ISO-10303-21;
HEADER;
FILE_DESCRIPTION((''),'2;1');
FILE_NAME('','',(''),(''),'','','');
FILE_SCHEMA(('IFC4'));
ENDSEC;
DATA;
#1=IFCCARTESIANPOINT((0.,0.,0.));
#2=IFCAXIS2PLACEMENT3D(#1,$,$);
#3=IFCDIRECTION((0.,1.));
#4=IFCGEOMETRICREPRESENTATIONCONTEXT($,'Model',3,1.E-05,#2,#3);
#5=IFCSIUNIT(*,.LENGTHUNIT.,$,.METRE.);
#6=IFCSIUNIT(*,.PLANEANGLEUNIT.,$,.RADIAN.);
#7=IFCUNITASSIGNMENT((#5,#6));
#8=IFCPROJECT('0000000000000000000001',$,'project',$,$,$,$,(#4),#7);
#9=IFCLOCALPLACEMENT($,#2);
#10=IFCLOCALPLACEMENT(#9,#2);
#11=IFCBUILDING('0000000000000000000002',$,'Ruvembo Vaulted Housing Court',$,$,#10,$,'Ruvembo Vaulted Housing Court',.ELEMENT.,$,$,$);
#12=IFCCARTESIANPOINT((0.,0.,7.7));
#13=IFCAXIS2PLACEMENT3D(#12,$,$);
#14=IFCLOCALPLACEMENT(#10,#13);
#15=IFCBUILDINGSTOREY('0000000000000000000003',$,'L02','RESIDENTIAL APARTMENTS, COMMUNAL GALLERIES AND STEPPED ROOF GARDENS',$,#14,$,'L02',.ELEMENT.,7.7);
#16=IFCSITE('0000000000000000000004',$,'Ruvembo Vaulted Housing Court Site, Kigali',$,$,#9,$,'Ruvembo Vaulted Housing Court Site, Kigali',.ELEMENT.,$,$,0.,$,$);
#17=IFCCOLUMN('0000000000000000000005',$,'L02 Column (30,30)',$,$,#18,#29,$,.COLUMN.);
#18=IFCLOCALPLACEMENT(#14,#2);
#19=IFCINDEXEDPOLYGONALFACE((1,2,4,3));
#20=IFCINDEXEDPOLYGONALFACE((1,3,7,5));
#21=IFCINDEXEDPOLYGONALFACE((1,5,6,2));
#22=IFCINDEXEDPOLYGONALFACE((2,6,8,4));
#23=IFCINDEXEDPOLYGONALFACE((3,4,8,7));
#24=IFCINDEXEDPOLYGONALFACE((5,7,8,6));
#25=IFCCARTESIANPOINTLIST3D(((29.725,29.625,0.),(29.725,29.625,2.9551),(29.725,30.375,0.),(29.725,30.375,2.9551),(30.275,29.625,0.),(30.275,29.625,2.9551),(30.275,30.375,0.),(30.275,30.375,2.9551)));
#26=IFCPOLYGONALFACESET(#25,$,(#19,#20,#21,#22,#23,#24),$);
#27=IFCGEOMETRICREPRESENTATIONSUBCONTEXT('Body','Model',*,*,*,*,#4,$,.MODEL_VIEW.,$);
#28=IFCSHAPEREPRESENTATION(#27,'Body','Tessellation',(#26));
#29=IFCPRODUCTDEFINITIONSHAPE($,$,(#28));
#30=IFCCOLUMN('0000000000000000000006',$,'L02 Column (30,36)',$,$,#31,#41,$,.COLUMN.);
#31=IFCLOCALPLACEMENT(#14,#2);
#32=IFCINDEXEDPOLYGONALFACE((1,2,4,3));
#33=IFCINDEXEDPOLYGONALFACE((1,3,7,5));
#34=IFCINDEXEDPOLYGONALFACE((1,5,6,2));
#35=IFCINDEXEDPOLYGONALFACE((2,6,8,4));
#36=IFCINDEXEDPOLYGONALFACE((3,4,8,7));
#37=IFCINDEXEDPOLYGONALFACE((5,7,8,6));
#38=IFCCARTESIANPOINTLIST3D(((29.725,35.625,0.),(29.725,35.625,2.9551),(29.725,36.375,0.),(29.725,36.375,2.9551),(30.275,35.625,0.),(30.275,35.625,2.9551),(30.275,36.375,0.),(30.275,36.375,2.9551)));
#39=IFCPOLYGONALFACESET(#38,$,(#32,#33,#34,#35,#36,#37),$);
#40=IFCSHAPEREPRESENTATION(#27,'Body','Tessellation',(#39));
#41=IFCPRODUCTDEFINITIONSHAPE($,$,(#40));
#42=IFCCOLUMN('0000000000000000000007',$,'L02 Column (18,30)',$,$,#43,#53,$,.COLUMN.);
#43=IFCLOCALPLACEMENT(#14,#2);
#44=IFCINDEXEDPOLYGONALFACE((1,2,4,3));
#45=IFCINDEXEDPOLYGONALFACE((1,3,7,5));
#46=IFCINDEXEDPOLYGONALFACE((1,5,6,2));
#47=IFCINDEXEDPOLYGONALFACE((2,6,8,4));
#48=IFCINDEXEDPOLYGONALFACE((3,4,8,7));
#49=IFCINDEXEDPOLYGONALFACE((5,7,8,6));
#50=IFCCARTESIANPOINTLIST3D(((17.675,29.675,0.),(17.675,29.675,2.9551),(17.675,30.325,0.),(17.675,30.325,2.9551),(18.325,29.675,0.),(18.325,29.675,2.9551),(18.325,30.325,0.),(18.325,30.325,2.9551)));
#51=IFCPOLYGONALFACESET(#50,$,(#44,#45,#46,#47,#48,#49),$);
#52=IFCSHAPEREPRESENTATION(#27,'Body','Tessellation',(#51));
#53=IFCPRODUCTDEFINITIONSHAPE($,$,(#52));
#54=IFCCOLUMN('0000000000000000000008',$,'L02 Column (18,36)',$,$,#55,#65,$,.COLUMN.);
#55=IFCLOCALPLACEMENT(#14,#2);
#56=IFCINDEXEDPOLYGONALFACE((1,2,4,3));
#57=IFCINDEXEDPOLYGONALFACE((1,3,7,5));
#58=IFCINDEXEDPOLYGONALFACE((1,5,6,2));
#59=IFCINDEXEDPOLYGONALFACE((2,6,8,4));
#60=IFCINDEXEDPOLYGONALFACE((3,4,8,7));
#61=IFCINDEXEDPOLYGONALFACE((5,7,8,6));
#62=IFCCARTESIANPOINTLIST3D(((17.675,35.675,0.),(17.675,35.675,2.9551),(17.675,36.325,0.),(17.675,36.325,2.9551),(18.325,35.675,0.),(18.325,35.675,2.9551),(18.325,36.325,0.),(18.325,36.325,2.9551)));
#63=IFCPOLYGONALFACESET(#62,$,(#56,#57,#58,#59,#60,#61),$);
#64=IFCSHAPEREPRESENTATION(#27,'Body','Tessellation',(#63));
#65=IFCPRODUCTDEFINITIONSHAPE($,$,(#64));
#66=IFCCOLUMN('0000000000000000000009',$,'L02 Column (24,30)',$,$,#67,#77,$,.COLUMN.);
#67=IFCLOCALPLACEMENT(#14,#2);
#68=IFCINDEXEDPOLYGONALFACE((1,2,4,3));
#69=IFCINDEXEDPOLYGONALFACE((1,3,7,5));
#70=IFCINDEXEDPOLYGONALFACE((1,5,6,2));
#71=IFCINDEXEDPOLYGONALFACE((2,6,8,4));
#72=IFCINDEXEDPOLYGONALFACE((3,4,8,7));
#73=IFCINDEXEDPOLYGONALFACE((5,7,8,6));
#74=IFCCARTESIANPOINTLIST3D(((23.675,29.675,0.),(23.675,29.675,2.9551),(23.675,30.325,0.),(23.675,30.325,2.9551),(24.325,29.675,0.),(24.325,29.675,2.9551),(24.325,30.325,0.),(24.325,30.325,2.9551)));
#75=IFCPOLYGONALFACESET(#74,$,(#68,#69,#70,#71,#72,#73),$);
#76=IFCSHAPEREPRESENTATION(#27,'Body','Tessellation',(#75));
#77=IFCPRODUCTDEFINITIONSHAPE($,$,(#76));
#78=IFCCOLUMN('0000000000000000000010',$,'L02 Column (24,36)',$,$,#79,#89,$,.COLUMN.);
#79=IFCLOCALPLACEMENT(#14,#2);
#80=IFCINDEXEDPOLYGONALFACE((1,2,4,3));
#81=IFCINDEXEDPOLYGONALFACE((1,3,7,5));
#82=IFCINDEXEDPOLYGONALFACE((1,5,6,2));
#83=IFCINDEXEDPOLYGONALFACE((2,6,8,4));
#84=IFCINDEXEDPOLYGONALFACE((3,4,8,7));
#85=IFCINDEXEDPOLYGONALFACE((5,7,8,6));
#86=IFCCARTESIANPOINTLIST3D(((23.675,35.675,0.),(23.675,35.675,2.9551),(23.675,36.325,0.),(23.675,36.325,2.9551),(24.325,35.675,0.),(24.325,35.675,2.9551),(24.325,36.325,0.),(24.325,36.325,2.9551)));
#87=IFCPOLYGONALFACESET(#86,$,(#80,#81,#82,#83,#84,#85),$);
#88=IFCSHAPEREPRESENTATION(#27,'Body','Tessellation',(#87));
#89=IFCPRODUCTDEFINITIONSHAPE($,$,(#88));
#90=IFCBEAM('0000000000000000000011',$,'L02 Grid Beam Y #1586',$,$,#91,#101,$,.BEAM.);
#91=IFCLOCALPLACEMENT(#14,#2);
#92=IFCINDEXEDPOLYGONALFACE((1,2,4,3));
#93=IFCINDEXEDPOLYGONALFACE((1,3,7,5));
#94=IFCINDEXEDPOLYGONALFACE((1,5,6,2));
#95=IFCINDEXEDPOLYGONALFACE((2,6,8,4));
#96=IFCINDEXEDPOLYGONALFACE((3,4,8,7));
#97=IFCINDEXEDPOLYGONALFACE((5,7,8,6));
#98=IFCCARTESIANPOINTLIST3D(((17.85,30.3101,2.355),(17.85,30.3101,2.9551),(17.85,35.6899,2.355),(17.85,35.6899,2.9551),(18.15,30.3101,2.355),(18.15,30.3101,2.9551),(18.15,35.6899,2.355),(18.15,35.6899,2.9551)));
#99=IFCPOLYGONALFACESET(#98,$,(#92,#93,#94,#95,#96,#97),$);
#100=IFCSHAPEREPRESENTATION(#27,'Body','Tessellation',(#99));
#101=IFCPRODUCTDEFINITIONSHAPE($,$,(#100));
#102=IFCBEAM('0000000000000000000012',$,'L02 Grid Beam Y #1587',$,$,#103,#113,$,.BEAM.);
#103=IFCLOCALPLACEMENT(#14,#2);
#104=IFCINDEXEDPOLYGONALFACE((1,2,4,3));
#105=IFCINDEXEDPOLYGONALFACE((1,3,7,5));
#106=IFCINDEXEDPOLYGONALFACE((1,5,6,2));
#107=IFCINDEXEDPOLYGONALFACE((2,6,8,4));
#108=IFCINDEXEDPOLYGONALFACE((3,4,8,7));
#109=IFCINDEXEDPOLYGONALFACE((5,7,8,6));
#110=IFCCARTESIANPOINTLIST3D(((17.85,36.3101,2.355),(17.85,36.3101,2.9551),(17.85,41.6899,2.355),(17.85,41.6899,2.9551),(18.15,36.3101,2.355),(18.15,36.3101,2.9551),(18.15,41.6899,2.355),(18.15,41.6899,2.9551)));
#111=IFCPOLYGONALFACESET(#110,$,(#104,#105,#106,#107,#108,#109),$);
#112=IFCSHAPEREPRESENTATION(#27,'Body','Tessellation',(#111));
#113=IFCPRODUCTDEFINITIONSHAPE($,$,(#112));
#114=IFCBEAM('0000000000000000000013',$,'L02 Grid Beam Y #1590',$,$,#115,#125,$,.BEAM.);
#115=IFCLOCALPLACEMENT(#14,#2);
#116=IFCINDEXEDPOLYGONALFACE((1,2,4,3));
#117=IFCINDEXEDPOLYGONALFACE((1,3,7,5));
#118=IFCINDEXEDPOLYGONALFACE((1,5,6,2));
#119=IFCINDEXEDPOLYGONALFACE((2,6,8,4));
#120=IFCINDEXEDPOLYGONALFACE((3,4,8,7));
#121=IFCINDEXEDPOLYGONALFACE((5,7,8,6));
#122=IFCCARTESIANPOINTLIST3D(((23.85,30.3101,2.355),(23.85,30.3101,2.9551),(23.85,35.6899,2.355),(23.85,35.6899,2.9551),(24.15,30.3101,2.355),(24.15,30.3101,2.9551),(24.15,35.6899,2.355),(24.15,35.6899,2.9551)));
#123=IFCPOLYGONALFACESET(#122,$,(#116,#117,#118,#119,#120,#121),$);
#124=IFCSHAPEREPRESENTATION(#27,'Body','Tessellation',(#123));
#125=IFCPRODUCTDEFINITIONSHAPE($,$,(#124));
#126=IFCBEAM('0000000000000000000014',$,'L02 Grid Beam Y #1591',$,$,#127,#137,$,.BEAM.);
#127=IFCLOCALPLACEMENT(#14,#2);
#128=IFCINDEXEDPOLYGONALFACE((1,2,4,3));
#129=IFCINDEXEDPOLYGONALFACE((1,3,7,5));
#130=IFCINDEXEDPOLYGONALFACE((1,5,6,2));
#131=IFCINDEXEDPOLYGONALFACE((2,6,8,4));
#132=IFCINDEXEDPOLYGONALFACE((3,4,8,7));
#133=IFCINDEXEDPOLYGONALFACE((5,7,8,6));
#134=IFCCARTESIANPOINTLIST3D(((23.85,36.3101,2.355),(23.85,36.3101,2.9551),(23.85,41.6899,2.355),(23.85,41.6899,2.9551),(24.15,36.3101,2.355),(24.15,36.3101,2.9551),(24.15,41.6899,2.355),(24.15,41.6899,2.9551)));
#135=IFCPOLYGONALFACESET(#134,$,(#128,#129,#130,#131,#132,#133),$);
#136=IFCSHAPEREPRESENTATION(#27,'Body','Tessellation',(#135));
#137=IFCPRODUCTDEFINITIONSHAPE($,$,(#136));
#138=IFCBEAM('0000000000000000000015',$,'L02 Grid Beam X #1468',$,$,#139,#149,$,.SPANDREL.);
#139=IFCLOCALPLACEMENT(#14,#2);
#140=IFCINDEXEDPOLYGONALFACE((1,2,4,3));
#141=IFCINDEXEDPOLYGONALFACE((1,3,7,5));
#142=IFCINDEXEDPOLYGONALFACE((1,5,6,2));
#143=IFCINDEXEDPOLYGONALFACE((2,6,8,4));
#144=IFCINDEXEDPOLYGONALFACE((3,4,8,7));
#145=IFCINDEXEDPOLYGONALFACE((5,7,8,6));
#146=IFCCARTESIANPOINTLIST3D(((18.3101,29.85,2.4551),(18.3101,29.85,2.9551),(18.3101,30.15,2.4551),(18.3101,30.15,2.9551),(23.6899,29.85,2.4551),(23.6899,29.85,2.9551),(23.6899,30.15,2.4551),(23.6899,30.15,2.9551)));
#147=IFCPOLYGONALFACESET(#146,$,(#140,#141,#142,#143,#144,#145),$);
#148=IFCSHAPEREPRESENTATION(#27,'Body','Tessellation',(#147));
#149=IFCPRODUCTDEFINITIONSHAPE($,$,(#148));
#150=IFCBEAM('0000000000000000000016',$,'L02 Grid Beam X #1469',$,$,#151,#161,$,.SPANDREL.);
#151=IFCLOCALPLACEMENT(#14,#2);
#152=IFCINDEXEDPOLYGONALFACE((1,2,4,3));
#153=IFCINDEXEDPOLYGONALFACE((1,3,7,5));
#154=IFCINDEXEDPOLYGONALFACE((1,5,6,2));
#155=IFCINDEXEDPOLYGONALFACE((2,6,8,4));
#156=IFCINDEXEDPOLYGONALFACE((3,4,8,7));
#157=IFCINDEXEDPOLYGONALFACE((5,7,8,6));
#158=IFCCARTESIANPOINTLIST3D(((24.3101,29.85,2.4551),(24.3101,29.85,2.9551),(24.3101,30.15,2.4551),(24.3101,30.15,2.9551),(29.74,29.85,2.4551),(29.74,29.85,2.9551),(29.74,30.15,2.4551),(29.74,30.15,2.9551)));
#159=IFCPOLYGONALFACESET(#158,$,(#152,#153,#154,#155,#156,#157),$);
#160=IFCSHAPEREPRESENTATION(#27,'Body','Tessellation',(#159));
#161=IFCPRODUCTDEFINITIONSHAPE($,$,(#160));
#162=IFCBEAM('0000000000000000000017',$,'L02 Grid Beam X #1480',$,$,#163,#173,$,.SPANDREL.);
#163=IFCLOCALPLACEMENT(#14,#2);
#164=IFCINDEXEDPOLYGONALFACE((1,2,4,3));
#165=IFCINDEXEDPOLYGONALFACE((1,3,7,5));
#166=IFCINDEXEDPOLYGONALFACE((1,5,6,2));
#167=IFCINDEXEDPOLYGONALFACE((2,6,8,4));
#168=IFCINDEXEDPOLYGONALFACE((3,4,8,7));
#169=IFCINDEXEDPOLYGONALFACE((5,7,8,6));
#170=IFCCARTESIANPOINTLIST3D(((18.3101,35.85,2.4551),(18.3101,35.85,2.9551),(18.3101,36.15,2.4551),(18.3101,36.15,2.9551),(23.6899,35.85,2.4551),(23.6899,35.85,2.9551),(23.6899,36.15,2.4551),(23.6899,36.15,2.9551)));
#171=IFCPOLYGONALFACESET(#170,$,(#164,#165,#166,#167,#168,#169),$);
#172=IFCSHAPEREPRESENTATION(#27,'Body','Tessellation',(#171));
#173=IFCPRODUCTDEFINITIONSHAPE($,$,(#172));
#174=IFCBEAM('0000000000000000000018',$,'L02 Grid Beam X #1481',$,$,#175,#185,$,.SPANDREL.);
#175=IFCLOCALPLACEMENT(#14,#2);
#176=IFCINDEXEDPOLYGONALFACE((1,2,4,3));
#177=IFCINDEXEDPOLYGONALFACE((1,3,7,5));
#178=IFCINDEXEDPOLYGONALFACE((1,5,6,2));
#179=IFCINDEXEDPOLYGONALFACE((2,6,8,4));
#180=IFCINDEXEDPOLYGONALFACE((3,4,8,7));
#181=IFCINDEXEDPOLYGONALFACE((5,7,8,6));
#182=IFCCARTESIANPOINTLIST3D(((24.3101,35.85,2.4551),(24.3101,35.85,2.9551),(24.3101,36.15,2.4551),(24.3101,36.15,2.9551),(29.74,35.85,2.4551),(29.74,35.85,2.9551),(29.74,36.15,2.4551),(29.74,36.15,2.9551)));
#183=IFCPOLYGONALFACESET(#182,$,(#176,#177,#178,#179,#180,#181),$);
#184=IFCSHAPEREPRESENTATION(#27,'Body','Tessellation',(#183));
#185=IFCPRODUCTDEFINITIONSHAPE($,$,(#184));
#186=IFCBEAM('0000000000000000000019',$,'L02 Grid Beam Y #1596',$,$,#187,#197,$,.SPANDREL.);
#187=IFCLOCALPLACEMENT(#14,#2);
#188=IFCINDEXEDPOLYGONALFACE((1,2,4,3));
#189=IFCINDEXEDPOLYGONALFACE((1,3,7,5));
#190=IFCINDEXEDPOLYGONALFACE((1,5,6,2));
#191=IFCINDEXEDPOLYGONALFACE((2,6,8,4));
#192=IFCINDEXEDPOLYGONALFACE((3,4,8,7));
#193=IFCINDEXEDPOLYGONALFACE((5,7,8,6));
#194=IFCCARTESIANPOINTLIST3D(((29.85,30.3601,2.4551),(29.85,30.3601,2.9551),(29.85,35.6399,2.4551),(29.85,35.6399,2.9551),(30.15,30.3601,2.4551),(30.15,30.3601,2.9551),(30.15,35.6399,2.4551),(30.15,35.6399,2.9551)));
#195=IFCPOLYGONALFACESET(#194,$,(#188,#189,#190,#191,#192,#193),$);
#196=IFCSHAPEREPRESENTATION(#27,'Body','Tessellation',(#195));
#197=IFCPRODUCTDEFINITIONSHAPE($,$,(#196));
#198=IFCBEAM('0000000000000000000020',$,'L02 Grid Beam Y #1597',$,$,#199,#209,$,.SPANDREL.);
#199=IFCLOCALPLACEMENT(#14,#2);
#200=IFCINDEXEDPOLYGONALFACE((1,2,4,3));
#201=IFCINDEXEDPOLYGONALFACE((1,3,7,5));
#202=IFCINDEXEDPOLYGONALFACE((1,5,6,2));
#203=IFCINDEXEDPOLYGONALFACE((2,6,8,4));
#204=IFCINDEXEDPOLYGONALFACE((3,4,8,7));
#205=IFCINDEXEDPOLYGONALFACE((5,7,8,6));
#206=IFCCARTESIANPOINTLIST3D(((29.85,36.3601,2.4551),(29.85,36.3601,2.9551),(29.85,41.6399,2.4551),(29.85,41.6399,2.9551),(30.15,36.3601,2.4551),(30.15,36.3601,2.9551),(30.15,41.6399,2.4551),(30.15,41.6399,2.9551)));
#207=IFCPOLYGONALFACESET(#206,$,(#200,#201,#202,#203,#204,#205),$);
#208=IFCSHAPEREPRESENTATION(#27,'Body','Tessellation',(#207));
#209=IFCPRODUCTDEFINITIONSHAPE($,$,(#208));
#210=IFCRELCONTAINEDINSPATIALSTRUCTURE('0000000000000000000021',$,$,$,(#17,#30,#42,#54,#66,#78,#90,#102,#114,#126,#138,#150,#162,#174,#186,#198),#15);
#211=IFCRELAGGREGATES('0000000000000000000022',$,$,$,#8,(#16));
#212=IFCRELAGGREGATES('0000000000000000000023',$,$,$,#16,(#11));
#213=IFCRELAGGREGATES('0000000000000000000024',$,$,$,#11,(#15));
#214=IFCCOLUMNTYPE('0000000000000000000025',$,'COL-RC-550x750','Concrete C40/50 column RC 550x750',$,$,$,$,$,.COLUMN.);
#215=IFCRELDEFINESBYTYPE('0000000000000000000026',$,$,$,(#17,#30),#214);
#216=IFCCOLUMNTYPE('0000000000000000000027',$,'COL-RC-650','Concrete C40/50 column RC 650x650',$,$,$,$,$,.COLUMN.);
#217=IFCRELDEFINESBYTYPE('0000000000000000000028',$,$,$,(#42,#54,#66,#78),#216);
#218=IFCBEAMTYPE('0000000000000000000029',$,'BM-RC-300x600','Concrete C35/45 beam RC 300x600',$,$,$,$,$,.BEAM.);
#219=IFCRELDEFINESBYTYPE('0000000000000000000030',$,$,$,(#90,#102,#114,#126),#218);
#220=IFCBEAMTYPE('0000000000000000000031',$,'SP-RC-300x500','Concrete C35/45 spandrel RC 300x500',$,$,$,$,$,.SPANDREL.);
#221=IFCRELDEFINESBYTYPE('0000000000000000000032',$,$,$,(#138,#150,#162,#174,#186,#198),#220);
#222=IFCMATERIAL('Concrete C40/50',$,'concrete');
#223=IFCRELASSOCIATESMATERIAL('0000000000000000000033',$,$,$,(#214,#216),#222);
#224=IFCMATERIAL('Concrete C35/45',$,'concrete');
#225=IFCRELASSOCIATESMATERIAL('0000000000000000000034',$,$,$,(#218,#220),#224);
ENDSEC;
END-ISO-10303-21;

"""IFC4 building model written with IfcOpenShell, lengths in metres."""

from ifc_helpers import new_model, si_unit, direction, frame, origin, origin_2d, place, context, subcontext, project, spatial, rectangle, extrude, material, material_profile, profile_set, type_object, element, save


model = new_model("IFC4")

# Units and contexts
model_context = context("Model", 3, precision=1e-05, world=origin(), true_north=direction((0.0, 1.0)))
body_context = subcontext(model_context, "Body", "Model", "MODEL_VIEW")
ifc_project = project(units=[si_unit("LENGTHUNIT", "METRE"), si_unit("PLANEANGLEUNIT", "RADIAN")], contexts=[model_context])

# Site, building, storey
site_placement = place(None, origin())
site = spatial("IfcSite", under=ifc_project, at=site_placement, Name="Ruvembo Vaulted Housing Court Site, Kigali", LongName="Ruvembo Vaulted Housing Court Site, Kigali", CompositionType="ELEMENT", RefElevation=0.0)
building_placement = place(site_placement, origin())
building = spatial("IfcBuilding", under=site, at=building_placement, Name="Ruvembo Vaulted Housing Court", LongName="Ruvembo Vaulted Housing Court", CompositionType="ELEMENT")
storey_placement = place(building_placement, frame((0.0, 0.0, 7.7)))
storey = spatial("IfcBuildingStorey", under=building, at=storey_placement, Name="L02", Description="RESIDENTIAL APARTMENTS, COMMUNAL GALLERIES AND STEPPED ROOF GARDENS", LongName="L02", CompositionType="ELEMENT", Elevation=7.7)

# Columns
ifc_material_1 = material(Name="Concrete C40/50", Category="concrete")
ifc_material_profile_1 = material_profile(ifc_material_1, rectangle(XDim=0.55, YDim=0.75, at=origin_2d()), Name="RC 550x750")
ifc_profile_set_1 = profile_set([ifc_material_profile_1], Name="Concrete C40/50")
column_type_1 = type_object("IfcColumnType", Name="COL-RC-550x750", Description="Concrete C40/50 column RC 550x750", PredefinedType="COLUMN", material=ifc_profile_set_1)
for number, where, z_axis, x_axis, name in (
    (1, (30.0, 30.0, 0.0), (0.0, 0.0, 1.0), (1.0, 0.0, 0.0), "L02 Column (30,30)"),
    (2, (30.0, 36.0, 0.0), (0.0, 0.0, 1.0), (1.0, 0.0, 0.0), "L02 Column (30,36)"),
):
    element("IfcColumn", number, at=place(storey_placement, frame(where, z_axis=z_axis, x_axis=x_axis)), inside=storey, type_object=column_type_1, Name=name, PredefinedType="COLUMN", context=body_context, shape_type="SweptSolid", body=[
        extrude(rectangle(XDim=0.55, YDim=0.75, at=origin_2d()), origin(), (0.0, 0.0, 1.0), 2.9551),
    ])
ifc_material_profile_2 = material_profile(ifc_material_1, rectangle(XDim=0.6499, YDim=0.6499, at=origin_2d()), Name="RC 650x650")
ifc_profile_set_2 = profile_set([ifc_material_profile_2], Name="Concrete C40/50")
column_type_2 = type_object("IfcColumnType", Name="COL-RC-650", Description="Concrete C40/50 column RC 650x650", PredefinedType="COLUMN", material=ifc_profile_set_2)
for number, where, z_axis, x_axis, name in (
    (3, (18.0, 30.0, 0.0), (0.0, 0.0, 1.0), (1.0, 0.0, 0.0), "L02 Column (18,30)"),
    (4, (18.0, 36.0, 0.0), (0.0, 0.0, 1.0), (1.0, 0.0, 0.0), "L02 Column (18,36)"),
    (5, (24.0, 30.0, 0.0), (0.0, 0.0, 1.0), (1.0, 0.0, 0.0), "L02 Column (24,30)"),
    (6, (24.0, 36.0, 0.0), (0.0, 0.0, 1.0), (1.0, 0.0, 0.0), "L02 Column (24,36)"),
):
    element("IfcColumn", number, at=place(storey_placement, frame(where, z_axis=z_axis, x_axis=x_axis)), inside=storey, type_object=column_type_2, Name=name, PredefinedType="COLUMN", context=body_context, shape_type="SweptSolid", body=[
        extrude(rectangle(XDim=0.6499, YDim=0.6499, at=origin_2d()), origin(), (0.0, 0.0, 1.0), 2.9551),
    ])

# Beams
ifc_material_2 = material(Name="Concrete C35/45", Category="concrete")
ifc_material_profile_3 = material_profile(ifc_material_2, rectangle(XDim=0.3, YDim=0.6001, at=origin_2d()), Name="RC 300x600")
ifc_profile_set_3 = profile_set([ifc_material_profile_3], Name="Concrete C35/45")
beam_type_1 = type_object("IfcBeamType", Name="BM-RC-300x600", Description="Concrete C35/45 beam RC 300x600", PredefinedType="BEAM", material=ifc_profile_set_3)
for number, where, z_axis, x_axis, name in (
    (7, (18.0, 30.3101, 2.655), (0.0, 1.0, 0.0), (-1.0, 0.0, 0.0), "L02 Grid Beam Y #1586"),
    (8, (18.0, 36.3101, 2.655), (0.0, 1.0, 0.0), (-1.0, 0.0, 0.0), "L02 Grid Beam Y #1587"),
    (9, (24.0, 30.3101, 2.655), (0.0, 1.0, 0.0), (-1.0, 0.0, 0.0), "L02 Grid Beam Y #1590"),
    (10, (24.0, 36.3101, 2.655), (0.0, 1.0, 0.0), (-1.0, 0.0, 0.0), "L02 Grid Beam Y #1591"),
):
    element("IfcBeam", number, at=place(storey_placement, frame(where, z_axis=z_axis, x_axis=x_axis)), inside=storey, type_object=beam_type_1, Name=name, PredefinedType="BEAM", context=body_context, shape_type="SweptSolid", body=[
        extrude(rectangle(XDim=0.3, YDim=0.6001, at=origin_2d()), origin(), (0.0, 0.0, 1.0), 5.3799),
    ])
ifc_material_profile_4 = material_profile(ifc_material_2, rectangle(XDim=0.3, YDim=0.5, at=origin_2d()), Name="RC 300x500")
ifc_profile_set_4 = profile_set([ifc_material_profile_4], Name="Concrete C35/45")
beam_type_2 = type_object("IfcBeamType", Name="SP-RC-300x500", Description="Concrete C35/45 spandrel RC 300x500", PredefinedType="SPANDREL", material=ifc_profile_set_4)
beam_1_placement = place(storey_placement, frame((18.3101, 30.0, 2.7051), z_axis=(1.0, 0.0, 0.0), x_axis=(0.0, 1.0, 0.0)))
element("IfcBeam", 11, at=beam_1_placement, inside=storey, type_object=beam_type_2, Name="L02 Grid Beam X #1468", PredefinedType="SPANDREL", context=body_context, shape_type="SweptSolid", body=[
    extrude(rectangle(XDim=0.3, YDim=0.5, at=origin_2d()), origin(), (0.0, 0.0, 1.0), 5.3799),
])
beam_2_placement = place(storey_placement, frame((24.3101, 30.0, 2.7051), z_axis=(1.0, 0.0, 0.0), x_axis=(0.0, 1.0, 0.0)))
element("IfcBeam", 12, at=beam_2_placement, inside=storey, type_object=beam_type_2, Name="L02 Grid Beam X #1469", PredefinedType="SPANDREL", context=body_context, shape_type="SweptSolid", body=[
    extrude(rectangle(XDim=0.3, YDim=0.5, at=origin_2d()), origin(), (0.0, 0.0, 1.0), 5.4299),
])
beam_3_placement = place(storey_placement, frame((18.3101, 36.0, 2.7051), z_axis=(1.0, 0.0, 0.0), x_axis=(0.0, 1.0, 0.0)))
element("IfcBeam", 13, at=beam_3_placement, inside=storey, type_object=beam_type_2, Name="L02 Grid Beam X #1480", PredefinedType="SPANDREL", context=body_context, shape_type="SweptSolid", body=[
    extrude(rectangle(XDim=0.3, YDim=0.5, at=origin_2d()), origin(), (0.0, 0.0, 1.0), 5.3799),
])
beam_4_placement = place(storey_placement, frame((24.3101, 36.0, 2.7051), z_axis=(1.0, 0.0, 0.0), x_axis=(0.0, 1.0, 0.0)))
element("IfcBeam", 14, at=beam_4_placement, inside=storey, type_object=beam_type_2, Name="L02 Grid Beam X #1481", PredefinedType="SPANDREL", context=body_context, shape_type="SweptSolid", body=[
    extrude(rectangle(XDim=0.3, YDim=0.5, at=origin_2d()), origin(), (0.0, 0.0, 1.0), 5.4299),
])
for number, where, z_axis, x_axis, name in (
    (15, (30.0, 30.3601, 2.7051), (0.0, 1.0, 0.0), (-1.0, 0.0, 0.0), "L02 Grid Beam Y #1596"),
    (16, (30.0, 36.3601, 2.7051), (0.0, 1.0, 0.0), (-1.0, 0.0, 0.0), "L02 Grid Beam Y #1597"),
):
    element("IfcBeam", number, at=place(storey_placement, frame(where, z_axis=z_axis, x_axis=x_axis)), inside=storey, type_object=beam_type_2, Name=name, PredefinedType="SPANDREL", context=body_context, shape_type="SweptSolid", body=[
        extrude(rectangle(XDim=0.3, YDim=0.5, at=origin_2d()), origin(), (0.0, 0.0, 1.0), 5.2798),
    ])

save(model, "model.ifc")
